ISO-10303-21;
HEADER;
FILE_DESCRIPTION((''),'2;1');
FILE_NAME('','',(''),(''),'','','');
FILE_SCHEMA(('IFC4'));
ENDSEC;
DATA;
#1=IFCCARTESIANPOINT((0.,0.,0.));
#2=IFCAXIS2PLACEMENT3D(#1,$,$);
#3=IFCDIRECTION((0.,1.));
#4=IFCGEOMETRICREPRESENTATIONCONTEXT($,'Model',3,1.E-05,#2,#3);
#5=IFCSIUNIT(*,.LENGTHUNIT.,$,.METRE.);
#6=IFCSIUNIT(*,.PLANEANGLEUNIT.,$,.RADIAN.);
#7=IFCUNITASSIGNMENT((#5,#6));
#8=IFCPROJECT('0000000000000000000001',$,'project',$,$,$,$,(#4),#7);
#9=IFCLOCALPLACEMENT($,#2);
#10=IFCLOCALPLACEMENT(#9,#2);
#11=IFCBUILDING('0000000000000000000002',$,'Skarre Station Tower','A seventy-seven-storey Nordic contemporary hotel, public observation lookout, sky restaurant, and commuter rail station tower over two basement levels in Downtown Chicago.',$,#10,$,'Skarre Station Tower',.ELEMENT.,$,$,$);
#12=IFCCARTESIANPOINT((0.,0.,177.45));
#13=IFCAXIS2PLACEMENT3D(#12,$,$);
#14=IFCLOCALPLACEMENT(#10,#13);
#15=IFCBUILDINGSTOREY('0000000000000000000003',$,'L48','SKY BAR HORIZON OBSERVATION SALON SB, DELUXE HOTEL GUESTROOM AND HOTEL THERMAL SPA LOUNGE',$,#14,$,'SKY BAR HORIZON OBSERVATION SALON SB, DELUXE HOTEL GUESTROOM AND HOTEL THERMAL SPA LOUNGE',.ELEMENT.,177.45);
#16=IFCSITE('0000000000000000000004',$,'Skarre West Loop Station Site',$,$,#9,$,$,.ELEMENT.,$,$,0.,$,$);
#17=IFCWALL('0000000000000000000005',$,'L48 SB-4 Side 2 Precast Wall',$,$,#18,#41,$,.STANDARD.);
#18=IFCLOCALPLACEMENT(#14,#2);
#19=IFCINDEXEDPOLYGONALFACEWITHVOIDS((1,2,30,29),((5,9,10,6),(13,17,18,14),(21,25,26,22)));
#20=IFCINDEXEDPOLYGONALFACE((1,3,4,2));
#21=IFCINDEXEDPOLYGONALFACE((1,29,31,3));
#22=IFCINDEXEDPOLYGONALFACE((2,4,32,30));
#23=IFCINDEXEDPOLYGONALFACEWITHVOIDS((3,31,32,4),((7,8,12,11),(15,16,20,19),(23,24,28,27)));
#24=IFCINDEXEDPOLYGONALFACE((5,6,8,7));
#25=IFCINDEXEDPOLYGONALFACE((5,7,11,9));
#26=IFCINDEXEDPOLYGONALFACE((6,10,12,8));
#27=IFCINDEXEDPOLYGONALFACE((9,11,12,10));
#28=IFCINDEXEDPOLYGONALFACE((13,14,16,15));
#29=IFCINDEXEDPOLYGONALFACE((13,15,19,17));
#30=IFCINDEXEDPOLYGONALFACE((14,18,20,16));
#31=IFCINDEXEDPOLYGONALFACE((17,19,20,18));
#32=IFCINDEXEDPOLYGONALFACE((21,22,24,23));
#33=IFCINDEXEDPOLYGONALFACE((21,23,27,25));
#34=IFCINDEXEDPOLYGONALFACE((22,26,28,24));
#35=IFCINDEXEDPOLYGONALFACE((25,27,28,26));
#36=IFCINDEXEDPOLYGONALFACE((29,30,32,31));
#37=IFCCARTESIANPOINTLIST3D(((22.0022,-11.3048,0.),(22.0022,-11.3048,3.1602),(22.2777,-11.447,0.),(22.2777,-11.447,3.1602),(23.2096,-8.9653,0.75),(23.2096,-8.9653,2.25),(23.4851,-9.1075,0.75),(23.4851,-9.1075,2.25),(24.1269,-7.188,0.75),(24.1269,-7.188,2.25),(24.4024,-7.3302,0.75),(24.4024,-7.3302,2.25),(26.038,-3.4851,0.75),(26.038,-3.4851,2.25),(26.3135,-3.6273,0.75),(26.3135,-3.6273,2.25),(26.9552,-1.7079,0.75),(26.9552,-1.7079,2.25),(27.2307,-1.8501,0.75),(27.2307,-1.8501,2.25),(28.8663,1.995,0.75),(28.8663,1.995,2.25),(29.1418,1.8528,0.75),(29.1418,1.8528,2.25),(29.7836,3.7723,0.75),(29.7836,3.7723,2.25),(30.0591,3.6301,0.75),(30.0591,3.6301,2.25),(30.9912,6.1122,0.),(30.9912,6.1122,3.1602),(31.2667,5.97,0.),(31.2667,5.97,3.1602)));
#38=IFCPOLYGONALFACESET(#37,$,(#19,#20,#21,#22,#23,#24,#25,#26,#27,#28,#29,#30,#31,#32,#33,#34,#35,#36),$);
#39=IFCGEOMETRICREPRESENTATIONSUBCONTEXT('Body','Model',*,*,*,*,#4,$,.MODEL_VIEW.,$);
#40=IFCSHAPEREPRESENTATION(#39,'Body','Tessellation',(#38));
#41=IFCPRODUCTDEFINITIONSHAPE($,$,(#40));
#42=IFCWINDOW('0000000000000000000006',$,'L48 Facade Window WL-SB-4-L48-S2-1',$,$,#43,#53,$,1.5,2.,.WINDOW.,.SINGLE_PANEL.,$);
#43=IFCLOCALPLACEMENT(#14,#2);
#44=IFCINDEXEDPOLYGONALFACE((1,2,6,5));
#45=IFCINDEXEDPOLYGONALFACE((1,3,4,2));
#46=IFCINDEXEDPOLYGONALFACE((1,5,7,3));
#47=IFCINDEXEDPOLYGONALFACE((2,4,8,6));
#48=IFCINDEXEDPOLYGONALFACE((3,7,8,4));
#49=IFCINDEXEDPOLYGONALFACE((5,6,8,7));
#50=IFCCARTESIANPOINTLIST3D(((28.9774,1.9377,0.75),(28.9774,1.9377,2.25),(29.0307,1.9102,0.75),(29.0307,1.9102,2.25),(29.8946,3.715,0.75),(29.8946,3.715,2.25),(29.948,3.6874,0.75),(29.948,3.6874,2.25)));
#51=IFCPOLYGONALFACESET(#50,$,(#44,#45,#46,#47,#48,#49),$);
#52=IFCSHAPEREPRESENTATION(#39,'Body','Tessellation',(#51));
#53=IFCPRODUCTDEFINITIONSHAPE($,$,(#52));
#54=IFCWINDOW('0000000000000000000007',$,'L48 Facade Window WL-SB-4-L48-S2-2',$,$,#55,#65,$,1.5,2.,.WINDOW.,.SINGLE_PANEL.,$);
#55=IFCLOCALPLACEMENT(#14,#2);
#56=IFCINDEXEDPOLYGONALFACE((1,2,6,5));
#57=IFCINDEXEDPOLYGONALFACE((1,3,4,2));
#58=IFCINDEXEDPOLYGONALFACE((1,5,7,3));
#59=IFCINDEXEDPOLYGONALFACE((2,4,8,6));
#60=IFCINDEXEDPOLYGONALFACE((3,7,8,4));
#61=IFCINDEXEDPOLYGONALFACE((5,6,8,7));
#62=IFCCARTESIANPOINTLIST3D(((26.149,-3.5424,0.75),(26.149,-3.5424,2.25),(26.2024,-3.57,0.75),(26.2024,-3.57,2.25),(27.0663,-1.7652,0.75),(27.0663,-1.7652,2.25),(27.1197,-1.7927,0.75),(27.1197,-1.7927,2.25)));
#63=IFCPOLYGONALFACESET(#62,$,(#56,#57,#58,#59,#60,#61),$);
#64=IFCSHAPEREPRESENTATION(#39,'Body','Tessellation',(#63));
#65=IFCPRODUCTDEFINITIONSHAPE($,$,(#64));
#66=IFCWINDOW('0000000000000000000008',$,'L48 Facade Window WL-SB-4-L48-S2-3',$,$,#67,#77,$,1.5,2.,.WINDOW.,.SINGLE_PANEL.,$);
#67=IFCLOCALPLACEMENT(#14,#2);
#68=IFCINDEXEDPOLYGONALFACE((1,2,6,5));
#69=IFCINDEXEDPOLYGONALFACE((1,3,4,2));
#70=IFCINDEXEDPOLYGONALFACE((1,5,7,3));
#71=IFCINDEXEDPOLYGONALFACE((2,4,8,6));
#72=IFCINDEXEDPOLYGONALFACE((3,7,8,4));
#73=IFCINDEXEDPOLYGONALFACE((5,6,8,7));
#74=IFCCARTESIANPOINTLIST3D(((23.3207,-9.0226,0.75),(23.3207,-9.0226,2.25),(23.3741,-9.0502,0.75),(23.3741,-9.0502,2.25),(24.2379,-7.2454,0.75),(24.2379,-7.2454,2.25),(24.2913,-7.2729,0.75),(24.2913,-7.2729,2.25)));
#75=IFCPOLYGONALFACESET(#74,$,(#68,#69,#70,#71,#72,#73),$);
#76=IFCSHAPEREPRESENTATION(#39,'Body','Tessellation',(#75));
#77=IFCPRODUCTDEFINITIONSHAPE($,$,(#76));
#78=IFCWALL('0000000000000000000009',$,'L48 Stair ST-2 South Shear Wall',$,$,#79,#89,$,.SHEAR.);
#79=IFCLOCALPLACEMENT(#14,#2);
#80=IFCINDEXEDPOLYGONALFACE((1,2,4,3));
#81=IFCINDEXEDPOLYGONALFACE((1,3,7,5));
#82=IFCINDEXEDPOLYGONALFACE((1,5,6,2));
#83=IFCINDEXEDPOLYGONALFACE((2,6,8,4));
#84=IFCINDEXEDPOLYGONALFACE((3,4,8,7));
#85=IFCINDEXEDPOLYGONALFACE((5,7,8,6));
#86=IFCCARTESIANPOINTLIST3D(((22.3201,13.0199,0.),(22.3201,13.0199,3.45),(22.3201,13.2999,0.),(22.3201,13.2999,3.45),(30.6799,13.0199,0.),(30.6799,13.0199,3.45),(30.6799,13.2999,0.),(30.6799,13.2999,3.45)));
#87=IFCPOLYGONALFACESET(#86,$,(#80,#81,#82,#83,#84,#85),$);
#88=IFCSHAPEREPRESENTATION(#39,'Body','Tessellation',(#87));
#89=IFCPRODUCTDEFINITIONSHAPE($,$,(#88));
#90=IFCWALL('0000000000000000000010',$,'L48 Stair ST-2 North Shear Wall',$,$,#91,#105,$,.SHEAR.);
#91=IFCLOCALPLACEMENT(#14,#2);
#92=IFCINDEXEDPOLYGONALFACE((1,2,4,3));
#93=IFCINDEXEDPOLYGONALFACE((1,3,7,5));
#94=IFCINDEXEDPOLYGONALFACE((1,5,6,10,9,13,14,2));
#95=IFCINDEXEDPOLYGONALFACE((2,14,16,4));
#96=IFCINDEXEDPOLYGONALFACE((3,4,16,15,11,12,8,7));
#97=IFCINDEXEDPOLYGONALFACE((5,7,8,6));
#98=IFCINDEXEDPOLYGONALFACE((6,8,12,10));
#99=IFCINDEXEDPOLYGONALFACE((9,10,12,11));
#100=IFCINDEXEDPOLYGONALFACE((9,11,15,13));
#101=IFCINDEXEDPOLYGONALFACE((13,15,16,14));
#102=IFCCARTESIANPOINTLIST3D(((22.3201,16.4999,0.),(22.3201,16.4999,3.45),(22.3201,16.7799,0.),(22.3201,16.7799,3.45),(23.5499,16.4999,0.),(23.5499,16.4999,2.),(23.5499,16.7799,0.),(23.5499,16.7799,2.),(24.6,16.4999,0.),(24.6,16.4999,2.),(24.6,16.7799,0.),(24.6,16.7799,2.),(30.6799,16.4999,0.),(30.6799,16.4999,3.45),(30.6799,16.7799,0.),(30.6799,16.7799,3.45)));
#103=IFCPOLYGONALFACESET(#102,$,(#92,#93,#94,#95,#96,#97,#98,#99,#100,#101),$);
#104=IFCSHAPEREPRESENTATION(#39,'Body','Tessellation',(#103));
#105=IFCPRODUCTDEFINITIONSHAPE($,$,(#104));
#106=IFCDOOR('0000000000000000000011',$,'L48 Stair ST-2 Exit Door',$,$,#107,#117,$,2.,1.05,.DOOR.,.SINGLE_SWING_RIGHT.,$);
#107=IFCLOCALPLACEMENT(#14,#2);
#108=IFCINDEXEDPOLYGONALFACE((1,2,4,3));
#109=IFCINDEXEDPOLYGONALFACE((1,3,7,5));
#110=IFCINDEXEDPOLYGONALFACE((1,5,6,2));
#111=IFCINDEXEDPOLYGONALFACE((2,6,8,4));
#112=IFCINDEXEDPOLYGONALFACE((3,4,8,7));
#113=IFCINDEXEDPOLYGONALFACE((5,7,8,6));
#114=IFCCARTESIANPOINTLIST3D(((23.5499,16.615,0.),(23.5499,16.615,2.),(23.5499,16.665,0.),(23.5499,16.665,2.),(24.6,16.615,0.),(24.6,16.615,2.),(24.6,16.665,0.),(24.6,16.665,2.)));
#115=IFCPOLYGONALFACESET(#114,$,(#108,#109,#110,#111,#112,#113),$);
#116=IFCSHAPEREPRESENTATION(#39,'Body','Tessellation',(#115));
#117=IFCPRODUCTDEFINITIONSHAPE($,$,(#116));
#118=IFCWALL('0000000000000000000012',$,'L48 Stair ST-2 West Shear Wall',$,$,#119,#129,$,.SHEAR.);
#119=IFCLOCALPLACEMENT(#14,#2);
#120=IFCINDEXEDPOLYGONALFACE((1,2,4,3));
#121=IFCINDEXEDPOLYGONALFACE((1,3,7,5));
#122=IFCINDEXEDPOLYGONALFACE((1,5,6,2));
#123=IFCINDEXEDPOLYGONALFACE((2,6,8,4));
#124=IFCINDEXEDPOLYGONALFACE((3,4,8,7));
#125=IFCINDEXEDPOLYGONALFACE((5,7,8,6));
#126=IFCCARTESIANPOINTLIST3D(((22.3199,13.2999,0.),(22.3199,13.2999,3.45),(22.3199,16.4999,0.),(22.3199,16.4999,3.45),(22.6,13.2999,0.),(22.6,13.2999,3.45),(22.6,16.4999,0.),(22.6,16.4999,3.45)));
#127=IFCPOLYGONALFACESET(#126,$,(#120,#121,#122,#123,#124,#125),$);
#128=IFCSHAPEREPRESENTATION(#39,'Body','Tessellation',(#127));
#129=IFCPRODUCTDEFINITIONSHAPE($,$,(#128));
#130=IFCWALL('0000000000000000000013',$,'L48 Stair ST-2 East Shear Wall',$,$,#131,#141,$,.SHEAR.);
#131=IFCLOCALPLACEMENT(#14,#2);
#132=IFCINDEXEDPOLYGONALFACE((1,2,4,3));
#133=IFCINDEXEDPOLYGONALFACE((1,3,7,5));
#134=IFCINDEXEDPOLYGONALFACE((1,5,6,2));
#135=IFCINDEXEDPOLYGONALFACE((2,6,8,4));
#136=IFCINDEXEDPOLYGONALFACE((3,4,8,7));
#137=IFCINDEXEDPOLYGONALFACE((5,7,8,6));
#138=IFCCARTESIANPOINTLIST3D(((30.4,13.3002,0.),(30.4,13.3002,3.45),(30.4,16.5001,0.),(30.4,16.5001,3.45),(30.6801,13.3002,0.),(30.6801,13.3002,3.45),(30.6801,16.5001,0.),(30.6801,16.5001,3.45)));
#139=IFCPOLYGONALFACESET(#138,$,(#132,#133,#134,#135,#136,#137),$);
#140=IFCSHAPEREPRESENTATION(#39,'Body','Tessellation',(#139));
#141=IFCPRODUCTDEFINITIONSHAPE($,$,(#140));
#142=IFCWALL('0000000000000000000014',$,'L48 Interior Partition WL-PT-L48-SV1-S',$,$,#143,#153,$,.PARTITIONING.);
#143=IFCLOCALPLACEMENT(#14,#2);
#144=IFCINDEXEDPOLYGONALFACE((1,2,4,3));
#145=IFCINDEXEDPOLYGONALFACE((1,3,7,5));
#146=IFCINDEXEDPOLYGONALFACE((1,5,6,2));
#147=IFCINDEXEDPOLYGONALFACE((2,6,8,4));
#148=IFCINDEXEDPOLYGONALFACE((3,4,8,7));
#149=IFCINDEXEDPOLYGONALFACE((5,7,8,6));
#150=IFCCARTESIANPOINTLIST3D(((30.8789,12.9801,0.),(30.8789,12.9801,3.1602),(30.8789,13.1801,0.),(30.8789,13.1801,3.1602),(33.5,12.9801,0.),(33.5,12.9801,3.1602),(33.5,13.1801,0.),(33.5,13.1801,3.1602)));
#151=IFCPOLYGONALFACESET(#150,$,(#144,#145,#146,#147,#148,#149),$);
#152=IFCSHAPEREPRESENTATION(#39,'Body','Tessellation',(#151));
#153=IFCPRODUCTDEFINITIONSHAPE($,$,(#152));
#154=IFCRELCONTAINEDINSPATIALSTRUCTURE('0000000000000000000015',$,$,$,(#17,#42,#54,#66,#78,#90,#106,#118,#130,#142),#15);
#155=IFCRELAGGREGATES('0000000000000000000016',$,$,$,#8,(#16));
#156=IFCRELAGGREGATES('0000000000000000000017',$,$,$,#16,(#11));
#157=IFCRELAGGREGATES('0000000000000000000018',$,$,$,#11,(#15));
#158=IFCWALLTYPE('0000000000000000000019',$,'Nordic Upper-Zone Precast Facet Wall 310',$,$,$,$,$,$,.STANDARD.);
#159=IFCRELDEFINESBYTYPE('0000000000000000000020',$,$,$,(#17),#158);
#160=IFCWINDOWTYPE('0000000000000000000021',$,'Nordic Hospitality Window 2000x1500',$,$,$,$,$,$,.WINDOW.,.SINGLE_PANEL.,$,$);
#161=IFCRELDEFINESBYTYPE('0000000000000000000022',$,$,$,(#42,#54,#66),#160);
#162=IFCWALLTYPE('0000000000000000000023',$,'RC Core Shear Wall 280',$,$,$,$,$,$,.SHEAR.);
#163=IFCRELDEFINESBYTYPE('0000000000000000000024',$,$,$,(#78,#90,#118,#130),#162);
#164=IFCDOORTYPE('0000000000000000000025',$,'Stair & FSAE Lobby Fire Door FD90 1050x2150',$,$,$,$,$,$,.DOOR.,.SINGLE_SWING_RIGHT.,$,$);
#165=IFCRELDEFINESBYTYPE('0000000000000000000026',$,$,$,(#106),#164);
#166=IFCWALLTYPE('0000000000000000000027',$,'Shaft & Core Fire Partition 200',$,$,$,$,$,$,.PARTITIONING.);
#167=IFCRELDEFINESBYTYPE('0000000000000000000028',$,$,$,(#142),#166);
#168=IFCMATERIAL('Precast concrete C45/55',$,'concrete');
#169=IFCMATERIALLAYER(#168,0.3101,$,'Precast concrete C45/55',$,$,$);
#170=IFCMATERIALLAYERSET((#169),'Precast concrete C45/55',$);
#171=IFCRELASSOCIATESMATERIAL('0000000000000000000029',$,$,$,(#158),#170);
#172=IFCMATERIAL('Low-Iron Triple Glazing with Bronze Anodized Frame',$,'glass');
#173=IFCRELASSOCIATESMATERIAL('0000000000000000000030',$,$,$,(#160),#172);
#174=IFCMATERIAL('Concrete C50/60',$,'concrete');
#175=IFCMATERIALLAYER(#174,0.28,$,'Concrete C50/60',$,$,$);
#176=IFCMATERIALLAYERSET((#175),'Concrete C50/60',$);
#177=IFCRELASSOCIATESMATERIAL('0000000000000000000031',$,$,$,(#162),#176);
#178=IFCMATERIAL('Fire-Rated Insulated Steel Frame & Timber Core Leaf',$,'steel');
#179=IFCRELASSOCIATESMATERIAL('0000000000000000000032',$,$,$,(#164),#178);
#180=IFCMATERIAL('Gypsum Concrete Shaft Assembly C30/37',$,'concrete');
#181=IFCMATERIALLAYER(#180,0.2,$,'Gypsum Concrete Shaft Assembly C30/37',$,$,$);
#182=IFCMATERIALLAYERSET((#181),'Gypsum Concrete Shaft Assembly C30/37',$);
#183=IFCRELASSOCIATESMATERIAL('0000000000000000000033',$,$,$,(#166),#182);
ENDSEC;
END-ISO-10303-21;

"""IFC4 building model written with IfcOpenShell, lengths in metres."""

from ifc_helpers import new_model, si_unit, direction, frame, frame_2d, origin, place, context, subcontext, project, spatial, rectangle, extrude, material, layer, layer_set, type_object, element, fill, save


model = new_model("IFC4")

# Units and contexts
model_context = context("Model", 3, precision=1e-05, world=origin(), true_north=direction((0.0, 1.0)))
body_context = subcontext(model_context, "Body", "Model", "MODEL_VIEW")
ifc_project = project(units=[si_unit("LENGTHUNIT", "METRE"), si_unit("PLANEANGLEUNIT", "RADIAN")], contexts=[model_context])

# Site, building, storey
site_placement = place(None, origin())
site = spatial("IfcSite", under=ifc_project, at=site_placement, Name="Skarre West Loop Station Site", CompositionType="ELEMENT", RefElevation=0.0)
building_placement = place(site_placement, origin())
building = spatial("IfcBuilding", under=site, at=building_placement, Name="Skarre Station Tower", Description="A seventy-seven-storey Nordic contemporary hotel, public observation lookout, sky restaurant, and commuter rail station tower over two basement levels in Downtown Chicago.", LongName="Skarre Station Tower", CompositionType="ELEMENT")
storey_placement = place(building_placement, frame((0.0, 0.0, 177.45)))
storey = spatial("IfcBuildingStorey", under=building, at=storey_placement, Name="L48", Description="SKY BAR HORIZON OBSERVATION SALON SB, DELUXE HOTEL GUESTROOM AND HOTEL THERMAL SPA LOUNGE", LongName="SKY BAR HORIZON OBSERVATION SALON SB, DELUXE HOTEL GUESTROOM AND HOTEL THERMAL SPA LOUNGE", CompositionType="ELEMENT", Elevation=177.45)

# Shared definitions
ifc_material_1 = material(Name="Concrete C50/60", Category="concrete")

# Wall, openings, windows
ifc_material_2 = material(Name="Precast concrete C45/55", Category="concrete")
ifc_layer_1 = layer(ifc_material_2, 0.3101, Name="Precast concrete C45/55")
ifc_layer_set_1 = layer_set([ifc_layer_1], Name="Precast concrete C45/55")
wall_type_1 = type_object("IfcWallType", Name="Nordic Upper-Zone Precast Facet Wall 310", PredefinedType="STANDARD", material=ifc_layer_set_1)
wall_1_placement = place(storey_placement, frame((31.1289, 6.041, 0.0), z_axis=(0.0, 0.0, 1.0), x_axis=(-0.458627, -0.888629, 0.0)))
wall_1 = element("IfcWall", 1, at=wall_1_placement, inside=storey, type_object=wall_type_1, Name="L48 SB-4 Side 2 Precast Wall", PredefinedType="STANDARD", context=body_context, shape_type="SweptSolid", body=[
    extrude(rectangle(XDim=19.5999, YDim=0.3101, at=frame_2d((9.7998, 0.0))), origin(), (0.0, 0.0, 1.0), 3.1602),
])
opening_1_placement = place(wall_1_placement, frame((2.6331, 0.0, 0.75)))
opening_1 = element("IfcOpeningElement", 2, at=opening_1_placement, cuts=wall_1, PredefinedType="OPENING", context=body_context, shape_type="SweptSolid", body=[
    extrude(rectangle(XDim=2.0, YDim=1.5, at=frame_2d((1.0, 0.75))), frame((0.0, 0.165, 0.0), z_axis=(0.0, -1.0, 0.0), x_axis=(1.0, 0.0, 0.0)), (0.0, 0.0, 1.0), 0.3301),
])
opening_2_placement = place(wall_1_placement, frame((8.8, 0.0, 0.75)))
opening_2 = element("IfcOpeningElement", 3, at=opening_2_placement, cuts=wall_1, PredefinedType="OPENING", context=body_context, shape_type="SweptSolid", body=[
    extrude(rectangle(XDim=2.0, YDim=1.5, at=frame_2d((1.0, 0.75))), frame((0.0, 0.165, 0.0), z_axis=(0.0, -1.0, 0.0), x_axis=(1.0, 0.0, 0.0)), (0.0, 0.0, 1.0), 0.3301),
])
opening_3_placement = place(wall_1_placement, frame((14.967, 0.0, 0.75)))
opening_3 = element("IfcOpeningElement", 4, at=opening_3_placement, cuts=wall_1, PredefinedType="OPENING", context=body_context, shape_type="SweptSolid", body=[
    extrude(rectangle(XDim=2.0, YDim=1.5, at=frame_2d((1.0, 0.75))), frame((0.0, 0.165, 0.0), z_axis=(0.0, -1.0, 0.0), x_axis=(1.0, 0.0, 0.0)), (0.0, 0.0, 1.0), 0.3301),
])
ifc_material_3 = material(Name="Low-Iron Triple Glazing with Bronze Anodized Frame", Category="glass")
window_type = type_object("IfcWindowType", Name="Nordic Hospitality Window 2000x1500", PartitioningType="SINGLE_PANEL", PredefinedType="WINDOW", material=ifc_material_3)
window_1_placement = place(opening_1_placement, origin())
window_1 = element("IfcWindow", 5, at=window_1_placement, inside=storey, type_object=window_type, Name="L48 Facade Window WL-SB-4-L48-S2-1", OverallHeight=1.5, OverallWidth=2.0, PartitioningType="SINGLE_PANEL", PredefinedType="WINDOW", context=body_context, shape_type="SweptSolid", body=[
    extrude(rectangle(XDim=2.0, YDim=1.5, at=frame_2d((1.0, 0.75))), frame((0.0, 0.03, 0.0), z_axis=(0.0, -1.0, 0.0), x_axis=(1.0, 0.0, 0.0)), (0.0, 0.0, 1.0), 0.0601),
])
fill(opening_1, window_1)
window_2_placement = place(opening_2_placement, origin())
window_2 = element("IfcWindow", 6, at=window_2_placement, inside=storey, type_object=window_type, Name="L48 Facade Window WL-SB-4-L48-S2-2", OverallHeight=1.5, OverallWidth=2.0, PartitioningType="SINGLE_PANEL", PredefinedType="WINDOW", context=body_context, shape_type="SweptSolid", body=[
    extrude(rectangle(XDim=2.0, YDim=1.5, at=frame_2d((1.0, 0.75))), frame((0.0, 0.03, 0.0), z_axis=(0.0, -1.0, 0.0), x_axis=(1.0, 0.0, 0.0)), (0.0, 0.0, 1.0), 0.0601),
])
fill(opening_2, window_2)
window_3_placement = place(opening_3_placement, origin())
window_3 = element("IfcWindow", 7, at=window_3_placement, inside=storey, type_object=window_type, Name="L48 Facade Window WL-SB-4-L48-S2-3", OverallHeight=1.5, OverallWidth=2.0, PartitioningType="SINGLE_PANEL", PredefinedType="WINDOW", context=body_context, shape_type="SweptSolid", body=[
    extrude(rectangle(XDim=2.0, YDim=1.5, at=frame_2d((1.0, 0.75))), frame((0.0, 0.03, 0.0), z_axis=(0.0, -1.0, 0.0), x_axis=(1.0, 0.0, 0.0)), (0.0, 0.0, 1.0), 0.0601),
])
fill(opening_3, window_3)

# Wall
ifc_layer_2 = layer(ifc_material_1, 0.28, Name="Concrete C50/60")
ifc_layer_set_2 = layer_set([ifc_layer_2], Name="Concrete C50/60")
wall_type_2 = type_object("IfcWallType", Name="RC Core Shear Wall 280", PredefinedType="SHEAR", material=ifc_layer_set_2)
wall_2_placement = place(storey_placement, frame((22.3201, 13.1599, 0.0), z_axis=(0.0, 0.0, 1.0), x_axis=(1.0, 0.0, 0.0)))
element("IfcWall", 8, at=wall_2_placement, inside=storey, type_object=wall_type_2, Name="L48 Stair ST-2 South Shear Wall", PredefinedType="SHEAR", context=body_context, shape_type="SweptSolid", body=[
    extrude(rectangle(XDim=8.3599, YDim=0.28, at=frame_2d((4.1799, 0.0))), origin(), (0.0, 0.0, 1.0), 3.45),
])

# Wall, opening, door
wall_3_placement = place(storey_placement, frame((30.6799, 16.6399, 0.0), z_axis=(0.0, 0.0, 1.0), x_axis=(-1.0, 0.0, 0.0)))
wall_3 = element("IfcWall", 9, at=wall_3_placement, inside=storey, type_object=wall_type_2, Name="L48 Stair ST-2 North Shear Wall", PredefinedType="SHEAR", context=body_context, shape_type="SweptSolid", body=[
    extrude(rectangle(XDim=8.3599, YDim=0.28, at=frame_2d((4.1799, 0.0))), origin(), (0.0, 0.0, 1.0), 3.45),
])
opening_4_placement = place(wall_3_placement, frame((6.0801, 0.0, 0.0)))
opening_4 = element("IfcOpeningElement", 10, at=opening_4_placement, cuts=wall_3, PredefinedType="OPENING", context=body_context, shape_type="SweptSolid", body=[
    extrude(rectangle(XDim=1.05, YDim=2.0, at=frame_2d((0.5249, 1.0))), frame((0.0, 0.1499, 0.0), z_axis=(0.0, -1.0, 0.0), x_axis=(1.0, 0.0, 0.0)), (0.0, 0.0, 1.0), 0.3),
])
ifc_material_4 = material(Name="Fire-Rated Insulated Steel Frame & Timber Core Leaf", Category="steel")
door_type = type_object("IfcDoorType", Name="Stair & FSAE Lobby Fire Door FD90 1050x2150", OperationType="SINGLE_SWING_RIGHT", PredefinedType="DOOR", material=ifc_material_4)
door_placement = place(opening_4_placement, origin())
door = element("IfcDoor", 11, at=door_placement, inside=storey, type_object=door_type, Name="L48 Stair ST-2 Exit Door", OperationType="SINGLE_SWING_RIGHT", OverallHeight=2.0, OverallWidth=1.05, PredefinedType="DOOR", context=body_context, shape_type="SweptSolid", body=[
    extrude(rectangle(XDim=1.05, YDim=2.0, at=frame_2d((0.5249, 1.0))), frame((0.0, 0.0249, 0.0), z_axis=(0.0, -1.0, 0.0), x_axis=(1.0, 0.0, 0.0)), (0.0, 0.0, 1.0), 0.05),
])
fill(opening_4, door)

# Walls
for number, where, z_axis, x_axis, name in (
    (12, (22.46, 16.5, 0.0), (0.0, 0.0, 1.0), (0.0, -1.0, 0.0), "L48 Stair ST-2 West Shear Wall"),
    (13, (30.54, 13.3, 0.0), (0.0, 0.0, 1.0), (0.0, 1.0, 0.0), "L48 Stair ST-2 East Shear Wall"),
):
    element("IfcWall", number, at=place(storey_placement, frame(where, z_axis=z_axis, x_axis=x_axis)), inside=storey, type_object=wall_type_2, Name=name, PredefinedType="SHEAR", context=body_context, shape_type="SweptSolid", body=[
        extrude(rectangle(XDim=3.2, YDim=0.28, at=frame_2d((1.6001, 0.0))), origin(), (0.0, 0.0, 1.0), 3.45),
    ])
ifc_material_5 = material(Name="Gypsum Concrete Shaft Assembly C30/37", Category="concrete")
ifc_layer_3 = layer(ifc_material_5, 0.2, Name="Gypsum Concrete Shaft Assembly C30/37")
ifc_layer_set_3 = layer_set([ifc_layer_3], Name="Gypsum Concrete Shaft Assembly C30/37")
wall_type_3 = type_object("IfcWallType", Name="Shaft & Core Fire Partition 200", PredefinedType="PARTITIONING", material=ifc_layer_set_3)
wall_4_placement = place(storey_placement, frame((30.8789, 13.0801, 0.0), z_axis=(0.0, 0.0, 1.0), x_axis=(1.0, 0.0, 0.0)))
element("IfcWall", 14, at=wall_4_placement, inside=storey, type_object=wall_type_3, Name="L48 Interior Partition WL-PT-L48-SV1-S", PredefinedType="PARTITIONING", context=body_context, shape_type="SweptSolid", body=[
    extrude(rectangle(XDim=2.6211, YDim=0.2, at=frame_2d((1.3105, 0.0))), origin(), (0.0, 0.0, 1.0), 3.1602),
])

save(model, "model.ifc")
